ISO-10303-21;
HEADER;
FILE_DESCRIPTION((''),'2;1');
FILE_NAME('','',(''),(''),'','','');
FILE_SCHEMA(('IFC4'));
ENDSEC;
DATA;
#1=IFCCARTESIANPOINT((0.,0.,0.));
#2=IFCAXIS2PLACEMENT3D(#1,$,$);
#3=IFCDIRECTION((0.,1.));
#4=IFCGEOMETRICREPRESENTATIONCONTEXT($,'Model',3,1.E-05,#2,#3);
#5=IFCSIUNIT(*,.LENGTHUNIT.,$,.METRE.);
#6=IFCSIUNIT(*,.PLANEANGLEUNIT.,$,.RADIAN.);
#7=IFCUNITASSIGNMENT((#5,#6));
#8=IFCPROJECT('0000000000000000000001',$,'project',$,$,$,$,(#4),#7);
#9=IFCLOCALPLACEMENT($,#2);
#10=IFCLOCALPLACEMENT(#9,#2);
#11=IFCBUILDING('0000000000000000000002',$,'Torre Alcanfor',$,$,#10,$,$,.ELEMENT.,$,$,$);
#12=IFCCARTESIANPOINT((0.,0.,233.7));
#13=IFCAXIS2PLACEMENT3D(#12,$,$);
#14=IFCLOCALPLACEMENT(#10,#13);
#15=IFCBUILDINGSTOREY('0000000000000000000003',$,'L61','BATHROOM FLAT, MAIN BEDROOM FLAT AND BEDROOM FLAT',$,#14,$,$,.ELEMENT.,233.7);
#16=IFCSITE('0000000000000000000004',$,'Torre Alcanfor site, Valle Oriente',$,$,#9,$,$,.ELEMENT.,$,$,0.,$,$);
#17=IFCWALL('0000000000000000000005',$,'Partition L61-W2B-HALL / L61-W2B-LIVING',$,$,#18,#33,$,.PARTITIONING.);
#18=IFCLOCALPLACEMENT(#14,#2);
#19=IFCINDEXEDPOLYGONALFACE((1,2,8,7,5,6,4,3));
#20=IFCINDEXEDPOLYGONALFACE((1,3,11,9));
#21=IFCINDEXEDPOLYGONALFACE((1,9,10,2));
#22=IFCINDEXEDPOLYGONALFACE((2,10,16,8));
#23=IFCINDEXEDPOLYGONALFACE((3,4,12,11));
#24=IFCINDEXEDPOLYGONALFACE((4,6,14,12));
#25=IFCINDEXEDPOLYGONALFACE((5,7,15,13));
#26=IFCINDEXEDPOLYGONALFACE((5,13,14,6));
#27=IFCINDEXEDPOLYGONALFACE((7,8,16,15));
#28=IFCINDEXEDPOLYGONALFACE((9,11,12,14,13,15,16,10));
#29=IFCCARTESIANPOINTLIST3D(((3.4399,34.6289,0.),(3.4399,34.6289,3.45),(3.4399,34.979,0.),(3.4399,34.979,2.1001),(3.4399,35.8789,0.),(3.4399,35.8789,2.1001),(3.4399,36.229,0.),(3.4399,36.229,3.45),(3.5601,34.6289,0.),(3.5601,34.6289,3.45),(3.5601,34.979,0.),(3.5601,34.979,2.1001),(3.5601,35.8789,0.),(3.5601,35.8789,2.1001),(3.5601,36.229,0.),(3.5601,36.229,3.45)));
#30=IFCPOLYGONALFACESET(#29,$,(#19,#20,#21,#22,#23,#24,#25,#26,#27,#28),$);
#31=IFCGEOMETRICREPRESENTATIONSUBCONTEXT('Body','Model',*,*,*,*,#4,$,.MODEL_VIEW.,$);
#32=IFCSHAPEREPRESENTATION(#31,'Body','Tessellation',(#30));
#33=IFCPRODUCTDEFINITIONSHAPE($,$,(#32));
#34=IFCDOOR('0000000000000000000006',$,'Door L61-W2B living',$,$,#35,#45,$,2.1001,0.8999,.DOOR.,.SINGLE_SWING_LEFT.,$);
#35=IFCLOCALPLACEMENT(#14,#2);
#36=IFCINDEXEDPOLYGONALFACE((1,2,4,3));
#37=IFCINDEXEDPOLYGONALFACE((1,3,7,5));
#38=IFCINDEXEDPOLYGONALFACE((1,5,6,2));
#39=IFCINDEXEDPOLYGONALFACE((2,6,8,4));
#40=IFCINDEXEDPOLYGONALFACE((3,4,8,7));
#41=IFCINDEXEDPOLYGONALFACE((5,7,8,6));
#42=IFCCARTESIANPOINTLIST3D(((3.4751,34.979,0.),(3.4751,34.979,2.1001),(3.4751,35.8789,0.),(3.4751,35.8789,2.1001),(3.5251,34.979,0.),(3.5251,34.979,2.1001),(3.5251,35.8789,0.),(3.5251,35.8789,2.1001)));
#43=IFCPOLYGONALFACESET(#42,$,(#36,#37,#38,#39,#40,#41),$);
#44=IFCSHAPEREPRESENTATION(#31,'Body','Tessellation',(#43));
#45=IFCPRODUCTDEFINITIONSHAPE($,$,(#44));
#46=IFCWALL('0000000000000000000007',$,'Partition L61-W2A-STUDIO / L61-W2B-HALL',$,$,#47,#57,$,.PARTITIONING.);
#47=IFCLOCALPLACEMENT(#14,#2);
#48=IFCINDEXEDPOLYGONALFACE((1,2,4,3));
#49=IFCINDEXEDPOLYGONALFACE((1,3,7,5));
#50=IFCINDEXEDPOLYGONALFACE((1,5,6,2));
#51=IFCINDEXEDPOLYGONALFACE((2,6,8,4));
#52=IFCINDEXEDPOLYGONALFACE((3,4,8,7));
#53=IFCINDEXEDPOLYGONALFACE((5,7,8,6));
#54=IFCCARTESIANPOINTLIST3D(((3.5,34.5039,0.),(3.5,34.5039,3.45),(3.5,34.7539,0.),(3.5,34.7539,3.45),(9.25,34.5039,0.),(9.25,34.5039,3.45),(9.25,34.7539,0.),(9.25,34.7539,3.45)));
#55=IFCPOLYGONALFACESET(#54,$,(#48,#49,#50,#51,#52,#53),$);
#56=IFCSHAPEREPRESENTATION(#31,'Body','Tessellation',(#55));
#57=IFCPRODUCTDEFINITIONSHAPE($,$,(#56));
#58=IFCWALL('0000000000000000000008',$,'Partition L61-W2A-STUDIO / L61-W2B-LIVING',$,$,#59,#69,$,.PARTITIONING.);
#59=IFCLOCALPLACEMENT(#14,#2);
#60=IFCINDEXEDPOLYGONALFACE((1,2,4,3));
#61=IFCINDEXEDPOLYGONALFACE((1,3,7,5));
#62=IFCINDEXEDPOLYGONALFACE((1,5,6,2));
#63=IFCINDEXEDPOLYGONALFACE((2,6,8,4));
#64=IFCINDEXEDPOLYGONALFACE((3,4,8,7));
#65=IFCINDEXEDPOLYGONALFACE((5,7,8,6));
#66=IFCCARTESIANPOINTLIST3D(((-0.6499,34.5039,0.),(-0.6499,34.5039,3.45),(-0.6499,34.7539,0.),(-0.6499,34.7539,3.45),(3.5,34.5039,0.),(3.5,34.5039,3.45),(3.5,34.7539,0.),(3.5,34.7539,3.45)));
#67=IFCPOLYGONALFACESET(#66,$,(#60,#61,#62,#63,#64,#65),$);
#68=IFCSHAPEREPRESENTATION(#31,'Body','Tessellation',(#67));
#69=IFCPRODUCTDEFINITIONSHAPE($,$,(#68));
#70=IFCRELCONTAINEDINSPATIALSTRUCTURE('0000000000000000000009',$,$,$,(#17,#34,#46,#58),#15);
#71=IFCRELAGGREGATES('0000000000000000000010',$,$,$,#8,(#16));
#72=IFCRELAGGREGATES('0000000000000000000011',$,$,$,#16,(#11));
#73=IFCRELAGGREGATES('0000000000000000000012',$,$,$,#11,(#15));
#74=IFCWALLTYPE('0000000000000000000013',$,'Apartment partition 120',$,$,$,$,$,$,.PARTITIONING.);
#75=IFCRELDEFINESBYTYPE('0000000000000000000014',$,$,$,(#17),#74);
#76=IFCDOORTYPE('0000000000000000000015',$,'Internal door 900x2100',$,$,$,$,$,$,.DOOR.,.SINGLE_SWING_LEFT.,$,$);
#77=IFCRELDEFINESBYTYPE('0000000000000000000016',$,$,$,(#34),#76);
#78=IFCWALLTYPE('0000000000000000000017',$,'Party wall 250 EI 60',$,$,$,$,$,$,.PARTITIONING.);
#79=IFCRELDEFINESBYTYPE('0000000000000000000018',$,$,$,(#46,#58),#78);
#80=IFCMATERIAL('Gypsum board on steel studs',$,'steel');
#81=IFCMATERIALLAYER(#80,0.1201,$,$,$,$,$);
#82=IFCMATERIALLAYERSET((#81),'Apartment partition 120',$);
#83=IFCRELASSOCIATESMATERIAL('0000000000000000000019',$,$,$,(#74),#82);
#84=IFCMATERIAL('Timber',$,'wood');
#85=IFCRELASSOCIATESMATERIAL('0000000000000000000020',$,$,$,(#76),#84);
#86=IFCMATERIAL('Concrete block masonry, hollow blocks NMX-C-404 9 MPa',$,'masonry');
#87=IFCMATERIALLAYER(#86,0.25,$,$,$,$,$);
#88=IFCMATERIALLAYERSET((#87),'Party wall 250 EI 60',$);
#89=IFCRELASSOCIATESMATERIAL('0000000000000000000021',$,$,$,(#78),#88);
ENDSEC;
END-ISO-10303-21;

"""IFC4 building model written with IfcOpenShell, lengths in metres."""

from ifc_helpers import new_model, si_unit, direction, frame, frame_2d, origin, place, context, subcontext, project, spatial, rectangle, extrude, material, layer, layer_set, type_object, element, fill, save


model = new_model("IFC4")

# Units and contexts
model_context = context("Model", 3, precision=1e-05, world=origin(), true_north=direction((0.0, 1.0)))
body_context = subcontext(model_context, "Body", "Model", "MODEL_VIEW")
ifc_project = project(units=[si_unit("LENGTHUNIT", "METRE"), si_unit("PLANEANGLEUNIT", "RADIAN")], contexts=[model_context])

# Site, building, storey
site_placement = place(None, origin())
site = spatial("IfcSite", under=ifc_project, at=site_placement, Name="Torre Alcanfor site, Valle Oriente", CompositionType="ELEMENT", RefElevation=0.0)
building_placement = place(site_placement, origin())
building = spatial("IfcBuilding", under=site, at=building_placement, Name="Torre Alcanfor", CompositionType="ELEMENT")
storey_placement = place(building_placement, frame((0.0, 0.0, 233.7)))
storey = spatial("IfcBuildingStorey", under=building, at=storey_placement, Name="L61", Description="BATHROOM FLAT, MAIN BEDROOM FLAT AND BEDROOM FLAT", CompositionType="ELEMENT", Elevation=233.7)

# Shared definitions
ifc_material_1 = material(Name="Gypsum board on steel studs", Category="steel")
ifc_layer_1 = layer(ifc_material_1, 0.1201)
ifc_layer_set_1 = layer_set([ifc_layer_1], Name="Apartment partition 120")
wall_type_1 = type_object("IfcWallType", Name="Apartment partition 120", PredefinedType="PARTITIONING", material=ifc_layer_set_1)

# Wall, opening, door
wall_1_placement = place(storey_placement, frame((3.5, 34.6289, 0.0), z_axis=(0.0, 0.0, 1.0), x_axis=(0.0, 1.0, 0.0)))
wall_1 = element("IfcWall", 1, at=wall_1_placement, inside=storey, type_object=wall_type_1, Name="Partition L61-W2B-HALL / L61-W2B-LIVING", PredefinedType="PARTITIONING", context=body_context, shape_type="SweptSolid", body=[
    extrude(rectangle(XDim=1.6001, YDim=0.1201, at=frame_2d((0.8, 0.0))), origin(), (0.0, 0.0, 1.0), 3.45),
])
opening_placement = place(wall_1_placement, frame((0.3501, 0.0, 0.0)))
opening = element("IfcOpeningElement", 2, at=opening_placement, cuts=wall_1, PredefinedType="OPENING", context=body_context, shape_type="SweptSolid", body=[
    extrude(rectangle(XDim=0.8999, YDim=2.1001, at=frame_2d((0.45, 1.05))), frame((0.0, 0.0701, 0.0), z_axis=(0.0, -1.0, 0.0), x_axis=(1.0, 0.0, 0.0)), (0.0, 0.0, 1.0), 0.1401),
])
ifc_material_2 = material(Name="Timber", Category="wood")
door_type = type_object("IfcDoorType", Name="Internal door 900x2100", OperationType="SINGLE_SWING_LEFT", PredefinedType="DOOR", material=ifc_material_2)
door_placement = place(opening_placement, origin())
door = element("IfcDoor", 3, at=door_placement, inside=storey, type_object=door_type, Name="Door L61-W2B living", OperationType="SINGLE_SWING_LEFT", OverallHeight=2.1001, OverallWidth=0.8999, PredefinedType="DOOR", context=body_context, shape_type="SweptSolid", body=[
    extrude(rectangle(XDim=0.8999, YDim=2.1001, at=frame_2d((0.45, 1.05))), frame((0.0, 0.0249, 0.0), z_axis=(0.0, -1.0, 0.0), x_axis=(1.0, 0.0, 0.0)), (0.0, 0.0, 1.0), 0.05),
])
fill(opening, door)

# Walls
ifc_material_3 = material(Name="Concrete block masonry, hollow blocks NMX-C-404 9 MPa", Category="masonry")
ifc_layer_2 = layer(ifc_material_3, 0.25)
ifc_layer_set_2 = layer_set([ifc_layer_2], Name="Party wall 250 EI 60")
wall_type_2 = type_object("IfcWallType", Name="Party wall 250 EI 60", PredefinedType="PARTITIONING", material=ifc_layer_set_2)
wall_2_placement = place(storey_placement, frame((3.5, 34.6289, 0.0), z_axis=(0.0, 0.0, 1.0), x_axis=(1.0, 0.0, 0.0)))
element("IfcWall", 4, at=wall_2_placement, inside=storey, type_object=wall_type_2, Name="Partition L61-W2A-STUDIO / L61-W2B-HALL", PredefinedType="PARTITIONING", context=body_context, shape_type="SweptSolid", body=[
    extrude(rectangle(XDim=5.75, YDim=0.25, at=frame_2d((2.875, 0.0))), origin(), (0.0, 0.0, 1.0), 3.45),
])
wall_3_placement = place(storey_placement, frame((-0.6499, 34.6289, 0.0), z_axis=(0.0, 0.0, 1.0), x_axis=(1.0, 0.0, 0.0)))
element("IfcWall", 5, at=wall_3_placement, inside=storey, type_object=wall_type_2, Name="Partition L61-W2A-STUDIO / L61-W2B-LIVING", PredefinedType="PARTITIONING", context=body_context, shape_type="SweptSolid", body=[
    extrude(rectangle(XDim=4.1499, YDim=0.25, at=frame_2d((2.075, 0.0))), origin(), (0.0, 0.0, 1.0), 3.45),
])

save(model, "model.ifc")
